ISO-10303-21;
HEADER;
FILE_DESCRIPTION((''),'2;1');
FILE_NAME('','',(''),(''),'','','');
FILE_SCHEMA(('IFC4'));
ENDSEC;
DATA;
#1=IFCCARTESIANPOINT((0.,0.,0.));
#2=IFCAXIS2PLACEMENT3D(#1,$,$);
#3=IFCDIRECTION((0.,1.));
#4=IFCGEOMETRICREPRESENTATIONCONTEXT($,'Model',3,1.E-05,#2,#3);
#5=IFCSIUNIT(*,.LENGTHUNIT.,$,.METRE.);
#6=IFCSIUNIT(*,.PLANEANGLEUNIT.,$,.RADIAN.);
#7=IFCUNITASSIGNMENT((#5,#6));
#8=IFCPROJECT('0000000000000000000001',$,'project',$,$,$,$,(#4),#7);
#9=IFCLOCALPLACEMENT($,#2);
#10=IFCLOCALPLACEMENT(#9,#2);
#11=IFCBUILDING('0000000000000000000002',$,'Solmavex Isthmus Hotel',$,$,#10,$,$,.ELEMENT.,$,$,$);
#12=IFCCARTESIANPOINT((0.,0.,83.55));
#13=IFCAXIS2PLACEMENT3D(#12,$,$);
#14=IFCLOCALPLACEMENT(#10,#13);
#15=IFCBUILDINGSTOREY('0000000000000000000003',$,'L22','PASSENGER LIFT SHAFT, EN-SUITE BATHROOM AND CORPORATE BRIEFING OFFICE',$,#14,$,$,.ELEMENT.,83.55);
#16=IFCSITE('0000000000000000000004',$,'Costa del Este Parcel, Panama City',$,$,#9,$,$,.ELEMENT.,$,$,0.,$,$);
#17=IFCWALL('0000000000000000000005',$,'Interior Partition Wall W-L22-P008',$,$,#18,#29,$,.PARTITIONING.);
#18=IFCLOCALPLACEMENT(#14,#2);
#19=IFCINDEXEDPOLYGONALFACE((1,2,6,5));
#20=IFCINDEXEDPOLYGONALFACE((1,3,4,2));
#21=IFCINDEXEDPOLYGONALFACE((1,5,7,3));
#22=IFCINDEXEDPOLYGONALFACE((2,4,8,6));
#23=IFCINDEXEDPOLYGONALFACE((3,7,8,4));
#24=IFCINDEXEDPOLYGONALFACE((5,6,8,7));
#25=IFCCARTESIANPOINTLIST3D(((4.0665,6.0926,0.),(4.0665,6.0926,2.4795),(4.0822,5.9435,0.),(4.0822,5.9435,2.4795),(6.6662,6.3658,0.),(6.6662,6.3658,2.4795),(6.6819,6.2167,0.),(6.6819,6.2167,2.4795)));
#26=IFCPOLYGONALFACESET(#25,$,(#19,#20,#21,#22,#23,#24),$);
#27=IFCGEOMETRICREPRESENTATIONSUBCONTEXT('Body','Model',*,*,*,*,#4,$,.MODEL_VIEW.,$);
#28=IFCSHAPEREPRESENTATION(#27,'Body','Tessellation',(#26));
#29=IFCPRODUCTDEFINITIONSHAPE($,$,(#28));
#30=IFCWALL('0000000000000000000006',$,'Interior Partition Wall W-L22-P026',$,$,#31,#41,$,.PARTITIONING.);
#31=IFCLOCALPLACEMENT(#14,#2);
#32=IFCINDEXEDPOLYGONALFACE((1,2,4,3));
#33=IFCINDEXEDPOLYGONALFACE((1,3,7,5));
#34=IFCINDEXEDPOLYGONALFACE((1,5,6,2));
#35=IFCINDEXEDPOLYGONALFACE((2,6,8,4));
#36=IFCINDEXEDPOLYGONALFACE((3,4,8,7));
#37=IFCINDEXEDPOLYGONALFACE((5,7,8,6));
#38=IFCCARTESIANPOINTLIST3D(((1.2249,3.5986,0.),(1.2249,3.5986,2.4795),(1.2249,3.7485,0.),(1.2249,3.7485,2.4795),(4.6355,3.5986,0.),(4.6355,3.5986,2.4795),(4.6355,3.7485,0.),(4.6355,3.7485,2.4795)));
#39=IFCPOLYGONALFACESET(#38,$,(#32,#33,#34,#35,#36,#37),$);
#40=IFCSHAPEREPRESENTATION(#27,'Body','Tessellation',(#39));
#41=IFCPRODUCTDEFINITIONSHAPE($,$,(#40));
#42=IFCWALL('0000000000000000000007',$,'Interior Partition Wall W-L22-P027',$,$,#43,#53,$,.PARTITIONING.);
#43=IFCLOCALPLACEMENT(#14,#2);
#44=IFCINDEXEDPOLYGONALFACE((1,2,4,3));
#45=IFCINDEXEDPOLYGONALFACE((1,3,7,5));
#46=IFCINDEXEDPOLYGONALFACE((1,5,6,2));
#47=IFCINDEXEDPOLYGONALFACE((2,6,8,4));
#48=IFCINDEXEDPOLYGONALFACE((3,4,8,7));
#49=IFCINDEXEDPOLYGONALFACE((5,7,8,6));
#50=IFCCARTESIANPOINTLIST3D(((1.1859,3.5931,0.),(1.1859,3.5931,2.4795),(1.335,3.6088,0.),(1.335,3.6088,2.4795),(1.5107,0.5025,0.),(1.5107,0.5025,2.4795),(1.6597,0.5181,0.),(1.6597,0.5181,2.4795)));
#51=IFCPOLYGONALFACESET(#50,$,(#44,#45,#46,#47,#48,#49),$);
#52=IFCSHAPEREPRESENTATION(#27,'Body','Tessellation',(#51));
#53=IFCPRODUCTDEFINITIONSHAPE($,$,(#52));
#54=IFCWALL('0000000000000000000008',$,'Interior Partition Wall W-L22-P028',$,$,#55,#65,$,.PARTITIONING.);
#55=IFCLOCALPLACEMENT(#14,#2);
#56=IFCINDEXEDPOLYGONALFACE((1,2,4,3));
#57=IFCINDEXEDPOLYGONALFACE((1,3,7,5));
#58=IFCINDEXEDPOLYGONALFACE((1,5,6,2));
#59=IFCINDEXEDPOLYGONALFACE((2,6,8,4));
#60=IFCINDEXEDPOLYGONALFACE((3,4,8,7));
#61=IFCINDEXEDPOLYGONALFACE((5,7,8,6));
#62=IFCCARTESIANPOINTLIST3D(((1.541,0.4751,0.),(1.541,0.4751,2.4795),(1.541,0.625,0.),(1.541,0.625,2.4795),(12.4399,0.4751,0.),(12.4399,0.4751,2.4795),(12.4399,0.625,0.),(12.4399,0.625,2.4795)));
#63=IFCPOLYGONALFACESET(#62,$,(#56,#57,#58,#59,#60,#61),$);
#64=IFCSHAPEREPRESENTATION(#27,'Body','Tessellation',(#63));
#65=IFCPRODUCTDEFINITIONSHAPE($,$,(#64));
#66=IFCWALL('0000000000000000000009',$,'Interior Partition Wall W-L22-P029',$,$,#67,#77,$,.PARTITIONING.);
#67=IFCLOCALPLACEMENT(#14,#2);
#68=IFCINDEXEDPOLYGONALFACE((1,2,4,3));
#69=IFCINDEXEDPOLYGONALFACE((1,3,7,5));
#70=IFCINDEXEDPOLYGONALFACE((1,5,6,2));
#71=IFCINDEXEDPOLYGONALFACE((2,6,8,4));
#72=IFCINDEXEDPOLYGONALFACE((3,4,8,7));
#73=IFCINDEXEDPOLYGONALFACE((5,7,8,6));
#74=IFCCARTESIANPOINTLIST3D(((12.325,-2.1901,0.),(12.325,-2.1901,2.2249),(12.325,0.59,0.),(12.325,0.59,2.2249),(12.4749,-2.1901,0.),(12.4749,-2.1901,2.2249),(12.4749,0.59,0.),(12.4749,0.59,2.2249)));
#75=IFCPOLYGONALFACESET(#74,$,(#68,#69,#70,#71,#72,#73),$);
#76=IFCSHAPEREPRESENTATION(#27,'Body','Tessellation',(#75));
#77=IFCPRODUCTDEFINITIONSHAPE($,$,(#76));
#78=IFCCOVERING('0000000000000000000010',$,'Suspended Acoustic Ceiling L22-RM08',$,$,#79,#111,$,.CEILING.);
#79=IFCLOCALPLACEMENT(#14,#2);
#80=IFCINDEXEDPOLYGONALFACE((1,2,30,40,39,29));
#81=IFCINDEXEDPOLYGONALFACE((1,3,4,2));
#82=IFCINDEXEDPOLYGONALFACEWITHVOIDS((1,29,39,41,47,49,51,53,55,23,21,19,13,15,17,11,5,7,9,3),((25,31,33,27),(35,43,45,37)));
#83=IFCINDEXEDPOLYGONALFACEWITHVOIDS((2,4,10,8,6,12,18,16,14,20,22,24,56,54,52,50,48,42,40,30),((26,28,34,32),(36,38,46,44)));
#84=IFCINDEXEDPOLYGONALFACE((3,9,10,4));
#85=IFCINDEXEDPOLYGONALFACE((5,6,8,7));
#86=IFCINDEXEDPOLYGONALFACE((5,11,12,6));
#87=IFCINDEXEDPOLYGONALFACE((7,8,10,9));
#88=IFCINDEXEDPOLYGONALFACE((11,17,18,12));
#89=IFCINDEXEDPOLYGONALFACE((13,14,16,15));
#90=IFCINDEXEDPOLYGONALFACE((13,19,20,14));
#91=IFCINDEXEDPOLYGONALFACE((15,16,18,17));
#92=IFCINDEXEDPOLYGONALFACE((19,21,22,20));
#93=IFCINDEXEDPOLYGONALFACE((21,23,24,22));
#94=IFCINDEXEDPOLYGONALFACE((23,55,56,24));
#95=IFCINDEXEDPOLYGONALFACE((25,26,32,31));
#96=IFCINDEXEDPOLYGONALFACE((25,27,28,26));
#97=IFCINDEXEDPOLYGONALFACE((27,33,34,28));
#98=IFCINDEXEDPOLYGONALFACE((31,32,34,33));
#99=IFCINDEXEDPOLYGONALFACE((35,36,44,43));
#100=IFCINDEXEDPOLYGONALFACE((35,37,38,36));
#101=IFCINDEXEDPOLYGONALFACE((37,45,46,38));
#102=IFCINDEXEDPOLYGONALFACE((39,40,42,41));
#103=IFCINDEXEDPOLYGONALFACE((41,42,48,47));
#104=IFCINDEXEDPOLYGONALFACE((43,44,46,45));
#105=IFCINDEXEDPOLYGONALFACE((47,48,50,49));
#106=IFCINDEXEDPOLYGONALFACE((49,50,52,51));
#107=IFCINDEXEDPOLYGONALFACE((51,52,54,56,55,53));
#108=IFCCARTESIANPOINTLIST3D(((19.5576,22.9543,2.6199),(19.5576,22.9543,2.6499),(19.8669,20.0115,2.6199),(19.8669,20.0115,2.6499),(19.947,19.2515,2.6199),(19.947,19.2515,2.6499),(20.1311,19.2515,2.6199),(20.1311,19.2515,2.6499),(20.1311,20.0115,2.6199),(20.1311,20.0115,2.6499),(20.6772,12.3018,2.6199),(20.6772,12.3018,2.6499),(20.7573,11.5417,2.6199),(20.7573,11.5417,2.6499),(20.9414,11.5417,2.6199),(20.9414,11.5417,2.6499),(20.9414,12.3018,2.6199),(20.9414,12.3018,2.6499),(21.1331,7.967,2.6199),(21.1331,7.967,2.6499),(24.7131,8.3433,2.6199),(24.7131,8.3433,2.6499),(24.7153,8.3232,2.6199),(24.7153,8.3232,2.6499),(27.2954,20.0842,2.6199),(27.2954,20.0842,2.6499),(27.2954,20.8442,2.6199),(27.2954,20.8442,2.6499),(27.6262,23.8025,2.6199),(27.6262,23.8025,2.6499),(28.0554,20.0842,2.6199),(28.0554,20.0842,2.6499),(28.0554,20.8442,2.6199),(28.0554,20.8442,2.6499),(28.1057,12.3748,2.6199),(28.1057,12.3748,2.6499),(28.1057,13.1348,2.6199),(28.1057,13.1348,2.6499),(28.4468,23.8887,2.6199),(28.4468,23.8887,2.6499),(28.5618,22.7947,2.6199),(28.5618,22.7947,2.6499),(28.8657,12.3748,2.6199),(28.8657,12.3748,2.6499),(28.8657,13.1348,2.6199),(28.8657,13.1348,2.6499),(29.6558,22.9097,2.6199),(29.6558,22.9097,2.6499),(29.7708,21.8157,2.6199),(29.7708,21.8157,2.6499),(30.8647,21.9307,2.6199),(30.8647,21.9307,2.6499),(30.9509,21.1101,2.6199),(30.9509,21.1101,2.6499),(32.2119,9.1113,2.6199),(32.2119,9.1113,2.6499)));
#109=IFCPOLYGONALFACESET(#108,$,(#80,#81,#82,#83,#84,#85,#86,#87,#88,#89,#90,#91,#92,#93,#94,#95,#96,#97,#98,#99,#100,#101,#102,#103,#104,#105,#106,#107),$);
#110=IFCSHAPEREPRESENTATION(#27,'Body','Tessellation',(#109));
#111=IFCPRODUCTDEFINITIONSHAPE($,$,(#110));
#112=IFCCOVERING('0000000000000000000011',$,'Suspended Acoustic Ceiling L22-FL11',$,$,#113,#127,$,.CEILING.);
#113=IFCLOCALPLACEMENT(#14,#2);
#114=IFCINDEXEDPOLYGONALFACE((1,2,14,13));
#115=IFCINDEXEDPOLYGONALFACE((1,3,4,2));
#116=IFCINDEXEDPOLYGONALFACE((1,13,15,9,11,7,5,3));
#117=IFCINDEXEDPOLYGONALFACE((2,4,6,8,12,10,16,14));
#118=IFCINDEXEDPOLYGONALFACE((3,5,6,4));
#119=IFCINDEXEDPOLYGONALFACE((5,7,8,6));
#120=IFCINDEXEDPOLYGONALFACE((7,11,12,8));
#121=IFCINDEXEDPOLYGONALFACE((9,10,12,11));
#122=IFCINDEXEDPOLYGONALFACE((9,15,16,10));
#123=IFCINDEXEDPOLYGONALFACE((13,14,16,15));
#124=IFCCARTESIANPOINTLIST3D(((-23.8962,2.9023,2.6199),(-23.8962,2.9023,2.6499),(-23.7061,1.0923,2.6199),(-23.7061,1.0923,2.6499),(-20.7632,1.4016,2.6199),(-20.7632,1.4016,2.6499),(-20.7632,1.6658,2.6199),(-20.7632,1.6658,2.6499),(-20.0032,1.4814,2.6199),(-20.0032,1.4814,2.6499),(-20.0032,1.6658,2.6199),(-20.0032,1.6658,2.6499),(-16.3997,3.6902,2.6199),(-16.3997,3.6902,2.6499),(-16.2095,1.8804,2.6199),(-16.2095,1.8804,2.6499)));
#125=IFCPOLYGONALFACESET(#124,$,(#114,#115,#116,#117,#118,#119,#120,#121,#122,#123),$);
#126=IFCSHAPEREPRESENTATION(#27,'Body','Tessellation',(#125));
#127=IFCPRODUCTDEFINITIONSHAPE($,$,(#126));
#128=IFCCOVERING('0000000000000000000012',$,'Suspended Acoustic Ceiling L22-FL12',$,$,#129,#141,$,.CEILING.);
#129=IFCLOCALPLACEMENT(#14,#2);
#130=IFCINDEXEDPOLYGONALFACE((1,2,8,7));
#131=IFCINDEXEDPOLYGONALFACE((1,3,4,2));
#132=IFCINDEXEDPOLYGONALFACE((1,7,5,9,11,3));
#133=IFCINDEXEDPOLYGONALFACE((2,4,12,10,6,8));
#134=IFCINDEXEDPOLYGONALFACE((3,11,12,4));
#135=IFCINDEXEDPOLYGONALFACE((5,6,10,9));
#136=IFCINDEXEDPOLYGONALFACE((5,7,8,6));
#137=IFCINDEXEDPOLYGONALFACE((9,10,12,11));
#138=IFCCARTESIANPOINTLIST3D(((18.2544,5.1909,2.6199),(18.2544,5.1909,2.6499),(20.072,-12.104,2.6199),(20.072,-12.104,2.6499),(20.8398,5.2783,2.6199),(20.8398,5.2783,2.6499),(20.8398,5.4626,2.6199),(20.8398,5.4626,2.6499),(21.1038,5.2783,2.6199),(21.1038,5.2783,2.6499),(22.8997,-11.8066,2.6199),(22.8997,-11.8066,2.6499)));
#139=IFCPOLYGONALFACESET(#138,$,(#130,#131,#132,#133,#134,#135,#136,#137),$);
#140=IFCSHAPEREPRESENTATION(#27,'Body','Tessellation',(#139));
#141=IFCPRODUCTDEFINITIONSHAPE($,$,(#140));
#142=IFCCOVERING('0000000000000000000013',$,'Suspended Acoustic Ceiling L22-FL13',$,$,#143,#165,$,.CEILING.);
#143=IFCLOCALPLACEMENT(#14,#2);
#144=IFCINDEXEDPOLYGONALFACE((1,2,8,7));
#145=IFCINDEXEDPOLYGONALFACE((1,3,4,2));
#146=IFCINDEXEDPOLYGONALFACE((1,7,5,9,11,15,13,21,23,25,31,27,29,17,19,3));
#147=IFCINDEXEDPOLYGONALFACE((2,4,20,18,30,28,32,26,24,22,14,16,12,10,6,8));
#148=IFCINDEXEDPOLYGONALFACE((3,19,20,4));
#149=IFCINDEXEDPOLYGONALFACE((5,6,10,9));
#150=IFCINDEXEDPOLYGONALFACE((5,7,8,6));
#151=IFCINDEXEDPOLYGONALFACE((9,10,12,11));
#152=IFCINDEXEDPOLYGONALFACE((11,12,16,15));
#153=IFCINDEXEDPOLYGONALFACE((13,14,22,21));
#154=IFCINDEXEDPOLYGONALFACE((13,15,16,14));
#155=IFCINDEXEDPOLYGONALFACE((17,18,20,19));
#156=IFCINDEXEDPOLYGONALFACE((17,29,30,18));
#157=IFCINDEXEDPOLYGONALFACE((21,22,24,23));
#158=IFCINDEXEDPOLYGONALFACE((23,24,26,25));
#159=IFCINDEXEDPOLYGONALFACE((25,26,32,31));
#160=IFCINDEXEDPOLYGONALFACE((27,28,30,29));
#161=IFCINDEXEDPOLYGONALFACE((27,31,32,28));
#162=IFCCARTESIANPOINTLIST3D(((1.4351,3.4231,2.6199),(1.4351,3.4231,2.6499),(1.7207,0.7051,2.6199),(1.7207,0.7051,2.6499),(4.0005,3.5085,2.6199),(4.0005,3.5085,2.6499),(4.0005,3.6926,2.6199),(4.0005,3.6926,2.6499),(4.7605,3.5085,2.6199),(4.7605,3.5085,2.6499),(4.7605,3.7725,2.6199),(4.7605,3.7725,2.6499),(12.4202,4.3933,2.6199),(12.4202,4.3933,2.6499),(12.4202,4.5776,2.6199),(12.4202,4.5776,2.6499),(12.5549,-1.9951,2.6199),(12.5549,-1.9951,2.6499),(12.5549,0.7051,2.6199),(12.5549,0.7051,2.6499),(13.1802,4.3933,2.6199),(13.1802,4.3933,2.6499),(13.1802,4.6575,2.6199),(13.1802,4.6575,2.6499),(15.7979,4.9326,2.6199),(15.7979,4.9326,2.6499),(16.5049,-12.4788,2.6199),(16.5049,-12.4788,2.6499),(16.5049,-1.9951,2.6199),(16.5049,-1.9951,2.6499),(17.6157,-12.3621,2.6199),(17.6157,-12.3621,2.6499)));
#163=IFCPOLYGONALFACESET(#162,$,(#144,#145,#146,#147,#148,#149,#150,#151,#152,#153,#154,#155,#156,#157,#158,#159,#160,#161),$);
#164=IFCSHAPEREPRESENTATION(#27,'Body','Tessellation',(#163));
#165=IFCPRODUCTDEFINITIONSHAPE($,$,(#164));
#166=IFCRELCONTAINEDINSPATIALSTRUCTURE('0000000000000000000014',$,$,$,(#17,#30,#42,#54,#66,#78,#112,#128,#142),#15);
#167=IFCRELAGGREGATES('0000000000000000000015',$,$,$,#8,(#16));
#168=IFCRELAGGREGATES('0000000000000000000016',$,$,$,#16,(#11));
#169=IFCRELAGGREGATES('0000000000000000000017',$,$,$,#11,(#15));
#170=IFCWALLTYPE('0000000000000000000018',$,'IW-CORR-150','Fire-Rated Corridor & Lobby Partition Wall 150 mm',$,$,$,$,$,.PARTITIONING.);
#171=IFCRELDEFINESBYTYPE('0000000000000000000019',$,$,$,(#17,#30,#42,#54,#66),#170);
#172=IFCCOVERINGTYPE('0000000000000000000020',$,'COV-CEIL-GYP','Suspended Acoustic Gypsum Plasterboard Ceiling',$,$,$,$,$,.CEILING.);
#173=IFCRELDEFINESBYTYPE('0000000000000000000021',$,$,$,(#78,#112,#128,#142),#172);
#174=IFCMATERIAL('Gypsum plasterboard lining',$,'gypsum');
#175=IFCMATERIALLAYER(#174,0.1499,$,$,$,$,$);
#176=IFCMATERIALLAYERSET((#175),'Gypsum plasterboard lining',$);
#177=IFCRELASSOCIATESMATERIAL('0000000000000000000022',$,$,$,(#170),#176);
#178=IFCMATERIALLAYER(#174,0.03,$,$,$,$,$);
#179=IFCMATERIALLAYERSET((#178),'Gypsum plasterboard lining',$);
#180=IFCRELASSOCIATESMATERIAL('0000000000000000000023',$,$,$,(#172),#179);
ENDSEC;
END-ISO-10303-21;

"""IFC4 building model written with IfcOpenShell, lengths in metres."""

from ifc_helpers import new_model, si_unit, direction, frame, frame_2d, origin, place, context, subcontext, project, spatial, polyline, rectangle, outline, extrude, material, layer, layer_set, type_object, element, save


model = new_model("IFC4")

# Units and contexts
model_context = context("Model", 3, precision=1e-05, world=origin(), true_north=direction((0.0, 1.0)))
body_context = subcontext(model_context, "Body", "Model", "MODEL_VIEW")
ifc_project = project(units=[si_unit("LENGTHUNIT", "METRE"), si_unit("PLANEANGLEUNIT", "RADIAN")], contexts=[model_context])

# Site, building, storey
site_placement = place(None, origin())
site = spatial("IfcSite", under=ifc_project, at=site_placement, Name="Costa del Este Parcel, Panama City", CompositionType="ELEMENT", RefElevation=0.0)
building_placement = place(site_placement, origin())
building = spatial("IfcBuilding", under=site, at=building_placement, Name="Solmavex Isthmus Hotel", CompositionType="ELEMENT")
storey_placement = place(building_placement, frame((0.0, 0.0, 83.55)))
storey = spatial("IfcBuildingStorey", under=building, at=storey_placement, Name="L22", Description="PASSENGER LIFT SHAFT, EN-SUITE BATHROOM AND CORPORATE BRIEFING OFFICE", CompositionType="ELEMENT", Elevation=83.55)

# Walls
ifc_material_1 = material(Name="Gypsum plasterboard lining", Category="gypsum")
ifc_layer_1 = layer(ifc_material_1, 0.1499)
ifc_layer_set_1 = layer_set([ifc_layer_1], Name="Gypsum plasterboard lining")
wall_type = type_object("IfcWallType", Name="IW-CORR-150", Description="Fire-Rated Corridor & Lobby Partition Wall 150 mm", PredefinedType="PARTITIONING", material=ifc_layer_set_1)
wall_1_placement = place(storey_placement, frame((4.0742, 6.0181, 0.0), z_axis=(0.0, 0.0, 1.0), x_axis=(0.994523, 0.104515, 0.0)))
element("IfcWall", 1, at=wall_1_placement, inside=storey, type_object=wall_type, Name="Interior Partition Wall W-L22-P008", PredefinedType="PARTITIONING", context=body_context, shape_type="SweptSolid", body=[
    extrude(rectangle(XDim=2.614, YDim=0.1499, at=frame_2d((1.3071, 0.0))), origin(), (0.0, 0.0, 1.0), 2.4795),
])
wall_2_placement = place(storey_placement, frame((4.6355, 3.6736, 0.0), z_axis=(0.0, 0.0, 1.0), x_axis=(-1.0, 0.0, 0.0)))
element("IfcWall", 2, at=wall_2_placement, inside=storey, type_object=wall_type, Name="Interior Partition Wall W-L22-P026", PredefinedType="PARTITIONING", context=body_context, shape_type="SweptSolid", body=[
    extrude(rectangle(XDim=3.4106, YDim=0.1499, at=frame_2d((1.7053, 0.0))), origin(), (0.0, 0.0, 1.0), 2.4795),
])
wall_3_placement = place(storey_placement, frame((1.2605, 3.6008, 0.0), z_axis=(0.0, 0.0, 1.0), x_axis=(0.104488, -0.994526, 0.0)))
element("IfcWall", 3, at=wall_3_placement, inside=storey, type_object=wall_type, Name="Interior Partition Wall W-L22-P027", PredefinedType="PARTITIONING", context=body_context, shape_type="SweptSolid", body=[
    extrude(rectangle(XDim=3.1077, YDim=0.1499, at=frame_2d((1.5537, 0.0))), origin(), (0.0, 0.0, 1.0), 2.4795),
])
wall_4_placement = place(storey_placement, frame((1.541, 0.55, 0.0), z_axis=(0.0, 0.0, 1.0), x_axis=(1.0, 0.0, 0.0)))
element("IfcWall", 4, at=wall_4_placement, inside=storey, type_object=wall_type, Name="Interior Partition Wall W-L22-P028", PredefinedType="PARTITIONING", context=body_context, shape_type="SweptSolid", body=[
    extrude(rectangle(XDim=10.8989, YDim=0.1499, at=frame_2d((5.4495, 0.0))), origin(), (0.0, 0.0, 1.0), 2.4795),
])
wall_5_placement = place(storey_placement, frame((12.3999, 0.5901, 0.0), z_axis=(0.0, 0.0, 1.0), x_axis=(0.0, -1.0, 0.0)))
element("IfcWall", 5, at=wall_5_placement, inside=storey, type_object=wall_type, Name="Interior Partition Wall W-L22-P029", PredefinedType="PARTITIONING", context=body_context, shape_type="SweptSolid", body=[
    extrude(rectangle(XDim=2.78, YDim=0.1499, at=frame_2d((1.3901, 0.0))), origin(), (0.0, 0.0, 1.0), 2.2249),
])

# Coverings
ifc_layer_2 = layer(ifc_material_1, 0.03)
ifc_layer_set_2 = layer_set([ifc_layer_2], Name="Gypsum plasterboard lining")
covering_type_1 = type_object("IfcCoveringType", Name="COV-CEIL-GYP", Description="Suspended Acoustic Gypsum Plasterboard Ceiling", PredefinedType="CEILING", material=ifc_layer_set_2)
covering_1_placement = place(storey_placement, frame((0.0, 0.0, 2.6199)))
element("IfcCovering", 6, at=covering_1_placement, inside=storey, type_object=covering_type_1, Name="Suspended Acoustic Ceiling L22-RM08", PredefinedType="CEILING", context=body_context, shape_type="SweptSolid", body=[
    extrude(outline(polyline([(20.6772, 12.3018), (20.9414, 12.3018), (20.9414, 11.5417), (20.7573, 11.5417), (21.1331, 7.967), (24.7131, 8.3433), (24.7153, 8.3232), (32.2119, 9.1113), (30.9509, 21.1101), (30.8647, 21.9307), (29.7708, 21.8157), (29.6558, 22.9097), (28.5618, 22.7947), (28.4468, 23.8887), (27.6262, 23.8025), (19.5576, 22.9543), (19.8669, 20.0115), (20.1311, 20.0115), (20.1311, 19.2515), (19.947, 19.2515), (20.6772, 12.3018)]), holes=[polyline([(28.1057, 12.3748), (28.1057, 13.1348), (28.8657, 13.1348), (28.8657, 12.3748), (28.1057, 12.3748)]), polyline([(27.2954, 20.8442), (28.0554, 20.8442), (28.0554, 20.0842), (27.2954, 20.0842), (27.2954, 20.8442)])]), origin(), (0.0, 0.0, 1.0), 0.03),
])
covering_2_placement = place(storey_placement, frame((0.0, 0.0, 2.6199)))
element("IfcCovering", 7, at=covering_2_placement, inside=storey, type_object=covering_type_1, Name="Suspended Acoustic Ceiling L22-FL11", PredefinedType="CEILING", context=body_context, shape_type="SweptSolid", body=[
    extrude(outline(polyline([(-16.2095, 1.8804), (-16.3997, 3.6902), (-23.8962, 2.9023), (-23.7061, 1.0923), (-20.7632, 1.4016), (-20.7632, 1.6658), (-20.0032, 1.6658), (-20.0032, 1.4814), (-16.2095, 1.8804)])), origin(), (0.0, 0.0, 1.0), 0.03),
])
covering_3_placement = place(storey_placement, frame((0.0, 0.0, 2.6199)))
element("IfcCovering", 8, at=covering_3_placement, inside=storey, type_object=covering_type_1, Name="Suspended Acoustic Ceiling L22-FL12", PredefinedType="CEILING", context=body_context, shape_type="SweptSolid", body=[
    extrude(outline(polyline([(21.1038, 5.2783), (20.8398, 5.2783), (20.8398, 5.4626), (18.2544, 5.1909), (20.072, -12.104), (22.8997, -11.8066), (21.1038, 5.2783)])), origin(), (0.0, 0.0, 1.0), 0.03),
])
covering_4_placement = place(storey_placement, frame((0.0, 0.0, 2.6199)))
element("IfcCovering", 9, at=covering_4_placement, inside=storey, type_object=covering_type_1, Name="Suspended Acoustic Ceiling L22-FL13", PredefinedType="CEILING", context=body_context, shape_type="SweptSolid", body=[
    extrude(outline(polyline([(4.7605, 3.7725), (4.7605, 3.5085), (4.0005, 3.5085), (4.0005, 3.6926), (1.4351, 3.4231), (1.7207, 0.7051), (12.5549, 0.7051), (12.5549, -1.9951), (16.5049, -1.9951), (16.5049, -12.4788), (17.6157, -12.3621), (15.7979, 4.9326), (13.1802, 4.6575), (13.1802, 4.3933), (12.4202, 4.3933), (12.4202, 4.5776), (4.7605, 3.7725)])), origin(), (0.0, 0.0, 1.0), 0.03),
])

save(model, "model.ifc")
